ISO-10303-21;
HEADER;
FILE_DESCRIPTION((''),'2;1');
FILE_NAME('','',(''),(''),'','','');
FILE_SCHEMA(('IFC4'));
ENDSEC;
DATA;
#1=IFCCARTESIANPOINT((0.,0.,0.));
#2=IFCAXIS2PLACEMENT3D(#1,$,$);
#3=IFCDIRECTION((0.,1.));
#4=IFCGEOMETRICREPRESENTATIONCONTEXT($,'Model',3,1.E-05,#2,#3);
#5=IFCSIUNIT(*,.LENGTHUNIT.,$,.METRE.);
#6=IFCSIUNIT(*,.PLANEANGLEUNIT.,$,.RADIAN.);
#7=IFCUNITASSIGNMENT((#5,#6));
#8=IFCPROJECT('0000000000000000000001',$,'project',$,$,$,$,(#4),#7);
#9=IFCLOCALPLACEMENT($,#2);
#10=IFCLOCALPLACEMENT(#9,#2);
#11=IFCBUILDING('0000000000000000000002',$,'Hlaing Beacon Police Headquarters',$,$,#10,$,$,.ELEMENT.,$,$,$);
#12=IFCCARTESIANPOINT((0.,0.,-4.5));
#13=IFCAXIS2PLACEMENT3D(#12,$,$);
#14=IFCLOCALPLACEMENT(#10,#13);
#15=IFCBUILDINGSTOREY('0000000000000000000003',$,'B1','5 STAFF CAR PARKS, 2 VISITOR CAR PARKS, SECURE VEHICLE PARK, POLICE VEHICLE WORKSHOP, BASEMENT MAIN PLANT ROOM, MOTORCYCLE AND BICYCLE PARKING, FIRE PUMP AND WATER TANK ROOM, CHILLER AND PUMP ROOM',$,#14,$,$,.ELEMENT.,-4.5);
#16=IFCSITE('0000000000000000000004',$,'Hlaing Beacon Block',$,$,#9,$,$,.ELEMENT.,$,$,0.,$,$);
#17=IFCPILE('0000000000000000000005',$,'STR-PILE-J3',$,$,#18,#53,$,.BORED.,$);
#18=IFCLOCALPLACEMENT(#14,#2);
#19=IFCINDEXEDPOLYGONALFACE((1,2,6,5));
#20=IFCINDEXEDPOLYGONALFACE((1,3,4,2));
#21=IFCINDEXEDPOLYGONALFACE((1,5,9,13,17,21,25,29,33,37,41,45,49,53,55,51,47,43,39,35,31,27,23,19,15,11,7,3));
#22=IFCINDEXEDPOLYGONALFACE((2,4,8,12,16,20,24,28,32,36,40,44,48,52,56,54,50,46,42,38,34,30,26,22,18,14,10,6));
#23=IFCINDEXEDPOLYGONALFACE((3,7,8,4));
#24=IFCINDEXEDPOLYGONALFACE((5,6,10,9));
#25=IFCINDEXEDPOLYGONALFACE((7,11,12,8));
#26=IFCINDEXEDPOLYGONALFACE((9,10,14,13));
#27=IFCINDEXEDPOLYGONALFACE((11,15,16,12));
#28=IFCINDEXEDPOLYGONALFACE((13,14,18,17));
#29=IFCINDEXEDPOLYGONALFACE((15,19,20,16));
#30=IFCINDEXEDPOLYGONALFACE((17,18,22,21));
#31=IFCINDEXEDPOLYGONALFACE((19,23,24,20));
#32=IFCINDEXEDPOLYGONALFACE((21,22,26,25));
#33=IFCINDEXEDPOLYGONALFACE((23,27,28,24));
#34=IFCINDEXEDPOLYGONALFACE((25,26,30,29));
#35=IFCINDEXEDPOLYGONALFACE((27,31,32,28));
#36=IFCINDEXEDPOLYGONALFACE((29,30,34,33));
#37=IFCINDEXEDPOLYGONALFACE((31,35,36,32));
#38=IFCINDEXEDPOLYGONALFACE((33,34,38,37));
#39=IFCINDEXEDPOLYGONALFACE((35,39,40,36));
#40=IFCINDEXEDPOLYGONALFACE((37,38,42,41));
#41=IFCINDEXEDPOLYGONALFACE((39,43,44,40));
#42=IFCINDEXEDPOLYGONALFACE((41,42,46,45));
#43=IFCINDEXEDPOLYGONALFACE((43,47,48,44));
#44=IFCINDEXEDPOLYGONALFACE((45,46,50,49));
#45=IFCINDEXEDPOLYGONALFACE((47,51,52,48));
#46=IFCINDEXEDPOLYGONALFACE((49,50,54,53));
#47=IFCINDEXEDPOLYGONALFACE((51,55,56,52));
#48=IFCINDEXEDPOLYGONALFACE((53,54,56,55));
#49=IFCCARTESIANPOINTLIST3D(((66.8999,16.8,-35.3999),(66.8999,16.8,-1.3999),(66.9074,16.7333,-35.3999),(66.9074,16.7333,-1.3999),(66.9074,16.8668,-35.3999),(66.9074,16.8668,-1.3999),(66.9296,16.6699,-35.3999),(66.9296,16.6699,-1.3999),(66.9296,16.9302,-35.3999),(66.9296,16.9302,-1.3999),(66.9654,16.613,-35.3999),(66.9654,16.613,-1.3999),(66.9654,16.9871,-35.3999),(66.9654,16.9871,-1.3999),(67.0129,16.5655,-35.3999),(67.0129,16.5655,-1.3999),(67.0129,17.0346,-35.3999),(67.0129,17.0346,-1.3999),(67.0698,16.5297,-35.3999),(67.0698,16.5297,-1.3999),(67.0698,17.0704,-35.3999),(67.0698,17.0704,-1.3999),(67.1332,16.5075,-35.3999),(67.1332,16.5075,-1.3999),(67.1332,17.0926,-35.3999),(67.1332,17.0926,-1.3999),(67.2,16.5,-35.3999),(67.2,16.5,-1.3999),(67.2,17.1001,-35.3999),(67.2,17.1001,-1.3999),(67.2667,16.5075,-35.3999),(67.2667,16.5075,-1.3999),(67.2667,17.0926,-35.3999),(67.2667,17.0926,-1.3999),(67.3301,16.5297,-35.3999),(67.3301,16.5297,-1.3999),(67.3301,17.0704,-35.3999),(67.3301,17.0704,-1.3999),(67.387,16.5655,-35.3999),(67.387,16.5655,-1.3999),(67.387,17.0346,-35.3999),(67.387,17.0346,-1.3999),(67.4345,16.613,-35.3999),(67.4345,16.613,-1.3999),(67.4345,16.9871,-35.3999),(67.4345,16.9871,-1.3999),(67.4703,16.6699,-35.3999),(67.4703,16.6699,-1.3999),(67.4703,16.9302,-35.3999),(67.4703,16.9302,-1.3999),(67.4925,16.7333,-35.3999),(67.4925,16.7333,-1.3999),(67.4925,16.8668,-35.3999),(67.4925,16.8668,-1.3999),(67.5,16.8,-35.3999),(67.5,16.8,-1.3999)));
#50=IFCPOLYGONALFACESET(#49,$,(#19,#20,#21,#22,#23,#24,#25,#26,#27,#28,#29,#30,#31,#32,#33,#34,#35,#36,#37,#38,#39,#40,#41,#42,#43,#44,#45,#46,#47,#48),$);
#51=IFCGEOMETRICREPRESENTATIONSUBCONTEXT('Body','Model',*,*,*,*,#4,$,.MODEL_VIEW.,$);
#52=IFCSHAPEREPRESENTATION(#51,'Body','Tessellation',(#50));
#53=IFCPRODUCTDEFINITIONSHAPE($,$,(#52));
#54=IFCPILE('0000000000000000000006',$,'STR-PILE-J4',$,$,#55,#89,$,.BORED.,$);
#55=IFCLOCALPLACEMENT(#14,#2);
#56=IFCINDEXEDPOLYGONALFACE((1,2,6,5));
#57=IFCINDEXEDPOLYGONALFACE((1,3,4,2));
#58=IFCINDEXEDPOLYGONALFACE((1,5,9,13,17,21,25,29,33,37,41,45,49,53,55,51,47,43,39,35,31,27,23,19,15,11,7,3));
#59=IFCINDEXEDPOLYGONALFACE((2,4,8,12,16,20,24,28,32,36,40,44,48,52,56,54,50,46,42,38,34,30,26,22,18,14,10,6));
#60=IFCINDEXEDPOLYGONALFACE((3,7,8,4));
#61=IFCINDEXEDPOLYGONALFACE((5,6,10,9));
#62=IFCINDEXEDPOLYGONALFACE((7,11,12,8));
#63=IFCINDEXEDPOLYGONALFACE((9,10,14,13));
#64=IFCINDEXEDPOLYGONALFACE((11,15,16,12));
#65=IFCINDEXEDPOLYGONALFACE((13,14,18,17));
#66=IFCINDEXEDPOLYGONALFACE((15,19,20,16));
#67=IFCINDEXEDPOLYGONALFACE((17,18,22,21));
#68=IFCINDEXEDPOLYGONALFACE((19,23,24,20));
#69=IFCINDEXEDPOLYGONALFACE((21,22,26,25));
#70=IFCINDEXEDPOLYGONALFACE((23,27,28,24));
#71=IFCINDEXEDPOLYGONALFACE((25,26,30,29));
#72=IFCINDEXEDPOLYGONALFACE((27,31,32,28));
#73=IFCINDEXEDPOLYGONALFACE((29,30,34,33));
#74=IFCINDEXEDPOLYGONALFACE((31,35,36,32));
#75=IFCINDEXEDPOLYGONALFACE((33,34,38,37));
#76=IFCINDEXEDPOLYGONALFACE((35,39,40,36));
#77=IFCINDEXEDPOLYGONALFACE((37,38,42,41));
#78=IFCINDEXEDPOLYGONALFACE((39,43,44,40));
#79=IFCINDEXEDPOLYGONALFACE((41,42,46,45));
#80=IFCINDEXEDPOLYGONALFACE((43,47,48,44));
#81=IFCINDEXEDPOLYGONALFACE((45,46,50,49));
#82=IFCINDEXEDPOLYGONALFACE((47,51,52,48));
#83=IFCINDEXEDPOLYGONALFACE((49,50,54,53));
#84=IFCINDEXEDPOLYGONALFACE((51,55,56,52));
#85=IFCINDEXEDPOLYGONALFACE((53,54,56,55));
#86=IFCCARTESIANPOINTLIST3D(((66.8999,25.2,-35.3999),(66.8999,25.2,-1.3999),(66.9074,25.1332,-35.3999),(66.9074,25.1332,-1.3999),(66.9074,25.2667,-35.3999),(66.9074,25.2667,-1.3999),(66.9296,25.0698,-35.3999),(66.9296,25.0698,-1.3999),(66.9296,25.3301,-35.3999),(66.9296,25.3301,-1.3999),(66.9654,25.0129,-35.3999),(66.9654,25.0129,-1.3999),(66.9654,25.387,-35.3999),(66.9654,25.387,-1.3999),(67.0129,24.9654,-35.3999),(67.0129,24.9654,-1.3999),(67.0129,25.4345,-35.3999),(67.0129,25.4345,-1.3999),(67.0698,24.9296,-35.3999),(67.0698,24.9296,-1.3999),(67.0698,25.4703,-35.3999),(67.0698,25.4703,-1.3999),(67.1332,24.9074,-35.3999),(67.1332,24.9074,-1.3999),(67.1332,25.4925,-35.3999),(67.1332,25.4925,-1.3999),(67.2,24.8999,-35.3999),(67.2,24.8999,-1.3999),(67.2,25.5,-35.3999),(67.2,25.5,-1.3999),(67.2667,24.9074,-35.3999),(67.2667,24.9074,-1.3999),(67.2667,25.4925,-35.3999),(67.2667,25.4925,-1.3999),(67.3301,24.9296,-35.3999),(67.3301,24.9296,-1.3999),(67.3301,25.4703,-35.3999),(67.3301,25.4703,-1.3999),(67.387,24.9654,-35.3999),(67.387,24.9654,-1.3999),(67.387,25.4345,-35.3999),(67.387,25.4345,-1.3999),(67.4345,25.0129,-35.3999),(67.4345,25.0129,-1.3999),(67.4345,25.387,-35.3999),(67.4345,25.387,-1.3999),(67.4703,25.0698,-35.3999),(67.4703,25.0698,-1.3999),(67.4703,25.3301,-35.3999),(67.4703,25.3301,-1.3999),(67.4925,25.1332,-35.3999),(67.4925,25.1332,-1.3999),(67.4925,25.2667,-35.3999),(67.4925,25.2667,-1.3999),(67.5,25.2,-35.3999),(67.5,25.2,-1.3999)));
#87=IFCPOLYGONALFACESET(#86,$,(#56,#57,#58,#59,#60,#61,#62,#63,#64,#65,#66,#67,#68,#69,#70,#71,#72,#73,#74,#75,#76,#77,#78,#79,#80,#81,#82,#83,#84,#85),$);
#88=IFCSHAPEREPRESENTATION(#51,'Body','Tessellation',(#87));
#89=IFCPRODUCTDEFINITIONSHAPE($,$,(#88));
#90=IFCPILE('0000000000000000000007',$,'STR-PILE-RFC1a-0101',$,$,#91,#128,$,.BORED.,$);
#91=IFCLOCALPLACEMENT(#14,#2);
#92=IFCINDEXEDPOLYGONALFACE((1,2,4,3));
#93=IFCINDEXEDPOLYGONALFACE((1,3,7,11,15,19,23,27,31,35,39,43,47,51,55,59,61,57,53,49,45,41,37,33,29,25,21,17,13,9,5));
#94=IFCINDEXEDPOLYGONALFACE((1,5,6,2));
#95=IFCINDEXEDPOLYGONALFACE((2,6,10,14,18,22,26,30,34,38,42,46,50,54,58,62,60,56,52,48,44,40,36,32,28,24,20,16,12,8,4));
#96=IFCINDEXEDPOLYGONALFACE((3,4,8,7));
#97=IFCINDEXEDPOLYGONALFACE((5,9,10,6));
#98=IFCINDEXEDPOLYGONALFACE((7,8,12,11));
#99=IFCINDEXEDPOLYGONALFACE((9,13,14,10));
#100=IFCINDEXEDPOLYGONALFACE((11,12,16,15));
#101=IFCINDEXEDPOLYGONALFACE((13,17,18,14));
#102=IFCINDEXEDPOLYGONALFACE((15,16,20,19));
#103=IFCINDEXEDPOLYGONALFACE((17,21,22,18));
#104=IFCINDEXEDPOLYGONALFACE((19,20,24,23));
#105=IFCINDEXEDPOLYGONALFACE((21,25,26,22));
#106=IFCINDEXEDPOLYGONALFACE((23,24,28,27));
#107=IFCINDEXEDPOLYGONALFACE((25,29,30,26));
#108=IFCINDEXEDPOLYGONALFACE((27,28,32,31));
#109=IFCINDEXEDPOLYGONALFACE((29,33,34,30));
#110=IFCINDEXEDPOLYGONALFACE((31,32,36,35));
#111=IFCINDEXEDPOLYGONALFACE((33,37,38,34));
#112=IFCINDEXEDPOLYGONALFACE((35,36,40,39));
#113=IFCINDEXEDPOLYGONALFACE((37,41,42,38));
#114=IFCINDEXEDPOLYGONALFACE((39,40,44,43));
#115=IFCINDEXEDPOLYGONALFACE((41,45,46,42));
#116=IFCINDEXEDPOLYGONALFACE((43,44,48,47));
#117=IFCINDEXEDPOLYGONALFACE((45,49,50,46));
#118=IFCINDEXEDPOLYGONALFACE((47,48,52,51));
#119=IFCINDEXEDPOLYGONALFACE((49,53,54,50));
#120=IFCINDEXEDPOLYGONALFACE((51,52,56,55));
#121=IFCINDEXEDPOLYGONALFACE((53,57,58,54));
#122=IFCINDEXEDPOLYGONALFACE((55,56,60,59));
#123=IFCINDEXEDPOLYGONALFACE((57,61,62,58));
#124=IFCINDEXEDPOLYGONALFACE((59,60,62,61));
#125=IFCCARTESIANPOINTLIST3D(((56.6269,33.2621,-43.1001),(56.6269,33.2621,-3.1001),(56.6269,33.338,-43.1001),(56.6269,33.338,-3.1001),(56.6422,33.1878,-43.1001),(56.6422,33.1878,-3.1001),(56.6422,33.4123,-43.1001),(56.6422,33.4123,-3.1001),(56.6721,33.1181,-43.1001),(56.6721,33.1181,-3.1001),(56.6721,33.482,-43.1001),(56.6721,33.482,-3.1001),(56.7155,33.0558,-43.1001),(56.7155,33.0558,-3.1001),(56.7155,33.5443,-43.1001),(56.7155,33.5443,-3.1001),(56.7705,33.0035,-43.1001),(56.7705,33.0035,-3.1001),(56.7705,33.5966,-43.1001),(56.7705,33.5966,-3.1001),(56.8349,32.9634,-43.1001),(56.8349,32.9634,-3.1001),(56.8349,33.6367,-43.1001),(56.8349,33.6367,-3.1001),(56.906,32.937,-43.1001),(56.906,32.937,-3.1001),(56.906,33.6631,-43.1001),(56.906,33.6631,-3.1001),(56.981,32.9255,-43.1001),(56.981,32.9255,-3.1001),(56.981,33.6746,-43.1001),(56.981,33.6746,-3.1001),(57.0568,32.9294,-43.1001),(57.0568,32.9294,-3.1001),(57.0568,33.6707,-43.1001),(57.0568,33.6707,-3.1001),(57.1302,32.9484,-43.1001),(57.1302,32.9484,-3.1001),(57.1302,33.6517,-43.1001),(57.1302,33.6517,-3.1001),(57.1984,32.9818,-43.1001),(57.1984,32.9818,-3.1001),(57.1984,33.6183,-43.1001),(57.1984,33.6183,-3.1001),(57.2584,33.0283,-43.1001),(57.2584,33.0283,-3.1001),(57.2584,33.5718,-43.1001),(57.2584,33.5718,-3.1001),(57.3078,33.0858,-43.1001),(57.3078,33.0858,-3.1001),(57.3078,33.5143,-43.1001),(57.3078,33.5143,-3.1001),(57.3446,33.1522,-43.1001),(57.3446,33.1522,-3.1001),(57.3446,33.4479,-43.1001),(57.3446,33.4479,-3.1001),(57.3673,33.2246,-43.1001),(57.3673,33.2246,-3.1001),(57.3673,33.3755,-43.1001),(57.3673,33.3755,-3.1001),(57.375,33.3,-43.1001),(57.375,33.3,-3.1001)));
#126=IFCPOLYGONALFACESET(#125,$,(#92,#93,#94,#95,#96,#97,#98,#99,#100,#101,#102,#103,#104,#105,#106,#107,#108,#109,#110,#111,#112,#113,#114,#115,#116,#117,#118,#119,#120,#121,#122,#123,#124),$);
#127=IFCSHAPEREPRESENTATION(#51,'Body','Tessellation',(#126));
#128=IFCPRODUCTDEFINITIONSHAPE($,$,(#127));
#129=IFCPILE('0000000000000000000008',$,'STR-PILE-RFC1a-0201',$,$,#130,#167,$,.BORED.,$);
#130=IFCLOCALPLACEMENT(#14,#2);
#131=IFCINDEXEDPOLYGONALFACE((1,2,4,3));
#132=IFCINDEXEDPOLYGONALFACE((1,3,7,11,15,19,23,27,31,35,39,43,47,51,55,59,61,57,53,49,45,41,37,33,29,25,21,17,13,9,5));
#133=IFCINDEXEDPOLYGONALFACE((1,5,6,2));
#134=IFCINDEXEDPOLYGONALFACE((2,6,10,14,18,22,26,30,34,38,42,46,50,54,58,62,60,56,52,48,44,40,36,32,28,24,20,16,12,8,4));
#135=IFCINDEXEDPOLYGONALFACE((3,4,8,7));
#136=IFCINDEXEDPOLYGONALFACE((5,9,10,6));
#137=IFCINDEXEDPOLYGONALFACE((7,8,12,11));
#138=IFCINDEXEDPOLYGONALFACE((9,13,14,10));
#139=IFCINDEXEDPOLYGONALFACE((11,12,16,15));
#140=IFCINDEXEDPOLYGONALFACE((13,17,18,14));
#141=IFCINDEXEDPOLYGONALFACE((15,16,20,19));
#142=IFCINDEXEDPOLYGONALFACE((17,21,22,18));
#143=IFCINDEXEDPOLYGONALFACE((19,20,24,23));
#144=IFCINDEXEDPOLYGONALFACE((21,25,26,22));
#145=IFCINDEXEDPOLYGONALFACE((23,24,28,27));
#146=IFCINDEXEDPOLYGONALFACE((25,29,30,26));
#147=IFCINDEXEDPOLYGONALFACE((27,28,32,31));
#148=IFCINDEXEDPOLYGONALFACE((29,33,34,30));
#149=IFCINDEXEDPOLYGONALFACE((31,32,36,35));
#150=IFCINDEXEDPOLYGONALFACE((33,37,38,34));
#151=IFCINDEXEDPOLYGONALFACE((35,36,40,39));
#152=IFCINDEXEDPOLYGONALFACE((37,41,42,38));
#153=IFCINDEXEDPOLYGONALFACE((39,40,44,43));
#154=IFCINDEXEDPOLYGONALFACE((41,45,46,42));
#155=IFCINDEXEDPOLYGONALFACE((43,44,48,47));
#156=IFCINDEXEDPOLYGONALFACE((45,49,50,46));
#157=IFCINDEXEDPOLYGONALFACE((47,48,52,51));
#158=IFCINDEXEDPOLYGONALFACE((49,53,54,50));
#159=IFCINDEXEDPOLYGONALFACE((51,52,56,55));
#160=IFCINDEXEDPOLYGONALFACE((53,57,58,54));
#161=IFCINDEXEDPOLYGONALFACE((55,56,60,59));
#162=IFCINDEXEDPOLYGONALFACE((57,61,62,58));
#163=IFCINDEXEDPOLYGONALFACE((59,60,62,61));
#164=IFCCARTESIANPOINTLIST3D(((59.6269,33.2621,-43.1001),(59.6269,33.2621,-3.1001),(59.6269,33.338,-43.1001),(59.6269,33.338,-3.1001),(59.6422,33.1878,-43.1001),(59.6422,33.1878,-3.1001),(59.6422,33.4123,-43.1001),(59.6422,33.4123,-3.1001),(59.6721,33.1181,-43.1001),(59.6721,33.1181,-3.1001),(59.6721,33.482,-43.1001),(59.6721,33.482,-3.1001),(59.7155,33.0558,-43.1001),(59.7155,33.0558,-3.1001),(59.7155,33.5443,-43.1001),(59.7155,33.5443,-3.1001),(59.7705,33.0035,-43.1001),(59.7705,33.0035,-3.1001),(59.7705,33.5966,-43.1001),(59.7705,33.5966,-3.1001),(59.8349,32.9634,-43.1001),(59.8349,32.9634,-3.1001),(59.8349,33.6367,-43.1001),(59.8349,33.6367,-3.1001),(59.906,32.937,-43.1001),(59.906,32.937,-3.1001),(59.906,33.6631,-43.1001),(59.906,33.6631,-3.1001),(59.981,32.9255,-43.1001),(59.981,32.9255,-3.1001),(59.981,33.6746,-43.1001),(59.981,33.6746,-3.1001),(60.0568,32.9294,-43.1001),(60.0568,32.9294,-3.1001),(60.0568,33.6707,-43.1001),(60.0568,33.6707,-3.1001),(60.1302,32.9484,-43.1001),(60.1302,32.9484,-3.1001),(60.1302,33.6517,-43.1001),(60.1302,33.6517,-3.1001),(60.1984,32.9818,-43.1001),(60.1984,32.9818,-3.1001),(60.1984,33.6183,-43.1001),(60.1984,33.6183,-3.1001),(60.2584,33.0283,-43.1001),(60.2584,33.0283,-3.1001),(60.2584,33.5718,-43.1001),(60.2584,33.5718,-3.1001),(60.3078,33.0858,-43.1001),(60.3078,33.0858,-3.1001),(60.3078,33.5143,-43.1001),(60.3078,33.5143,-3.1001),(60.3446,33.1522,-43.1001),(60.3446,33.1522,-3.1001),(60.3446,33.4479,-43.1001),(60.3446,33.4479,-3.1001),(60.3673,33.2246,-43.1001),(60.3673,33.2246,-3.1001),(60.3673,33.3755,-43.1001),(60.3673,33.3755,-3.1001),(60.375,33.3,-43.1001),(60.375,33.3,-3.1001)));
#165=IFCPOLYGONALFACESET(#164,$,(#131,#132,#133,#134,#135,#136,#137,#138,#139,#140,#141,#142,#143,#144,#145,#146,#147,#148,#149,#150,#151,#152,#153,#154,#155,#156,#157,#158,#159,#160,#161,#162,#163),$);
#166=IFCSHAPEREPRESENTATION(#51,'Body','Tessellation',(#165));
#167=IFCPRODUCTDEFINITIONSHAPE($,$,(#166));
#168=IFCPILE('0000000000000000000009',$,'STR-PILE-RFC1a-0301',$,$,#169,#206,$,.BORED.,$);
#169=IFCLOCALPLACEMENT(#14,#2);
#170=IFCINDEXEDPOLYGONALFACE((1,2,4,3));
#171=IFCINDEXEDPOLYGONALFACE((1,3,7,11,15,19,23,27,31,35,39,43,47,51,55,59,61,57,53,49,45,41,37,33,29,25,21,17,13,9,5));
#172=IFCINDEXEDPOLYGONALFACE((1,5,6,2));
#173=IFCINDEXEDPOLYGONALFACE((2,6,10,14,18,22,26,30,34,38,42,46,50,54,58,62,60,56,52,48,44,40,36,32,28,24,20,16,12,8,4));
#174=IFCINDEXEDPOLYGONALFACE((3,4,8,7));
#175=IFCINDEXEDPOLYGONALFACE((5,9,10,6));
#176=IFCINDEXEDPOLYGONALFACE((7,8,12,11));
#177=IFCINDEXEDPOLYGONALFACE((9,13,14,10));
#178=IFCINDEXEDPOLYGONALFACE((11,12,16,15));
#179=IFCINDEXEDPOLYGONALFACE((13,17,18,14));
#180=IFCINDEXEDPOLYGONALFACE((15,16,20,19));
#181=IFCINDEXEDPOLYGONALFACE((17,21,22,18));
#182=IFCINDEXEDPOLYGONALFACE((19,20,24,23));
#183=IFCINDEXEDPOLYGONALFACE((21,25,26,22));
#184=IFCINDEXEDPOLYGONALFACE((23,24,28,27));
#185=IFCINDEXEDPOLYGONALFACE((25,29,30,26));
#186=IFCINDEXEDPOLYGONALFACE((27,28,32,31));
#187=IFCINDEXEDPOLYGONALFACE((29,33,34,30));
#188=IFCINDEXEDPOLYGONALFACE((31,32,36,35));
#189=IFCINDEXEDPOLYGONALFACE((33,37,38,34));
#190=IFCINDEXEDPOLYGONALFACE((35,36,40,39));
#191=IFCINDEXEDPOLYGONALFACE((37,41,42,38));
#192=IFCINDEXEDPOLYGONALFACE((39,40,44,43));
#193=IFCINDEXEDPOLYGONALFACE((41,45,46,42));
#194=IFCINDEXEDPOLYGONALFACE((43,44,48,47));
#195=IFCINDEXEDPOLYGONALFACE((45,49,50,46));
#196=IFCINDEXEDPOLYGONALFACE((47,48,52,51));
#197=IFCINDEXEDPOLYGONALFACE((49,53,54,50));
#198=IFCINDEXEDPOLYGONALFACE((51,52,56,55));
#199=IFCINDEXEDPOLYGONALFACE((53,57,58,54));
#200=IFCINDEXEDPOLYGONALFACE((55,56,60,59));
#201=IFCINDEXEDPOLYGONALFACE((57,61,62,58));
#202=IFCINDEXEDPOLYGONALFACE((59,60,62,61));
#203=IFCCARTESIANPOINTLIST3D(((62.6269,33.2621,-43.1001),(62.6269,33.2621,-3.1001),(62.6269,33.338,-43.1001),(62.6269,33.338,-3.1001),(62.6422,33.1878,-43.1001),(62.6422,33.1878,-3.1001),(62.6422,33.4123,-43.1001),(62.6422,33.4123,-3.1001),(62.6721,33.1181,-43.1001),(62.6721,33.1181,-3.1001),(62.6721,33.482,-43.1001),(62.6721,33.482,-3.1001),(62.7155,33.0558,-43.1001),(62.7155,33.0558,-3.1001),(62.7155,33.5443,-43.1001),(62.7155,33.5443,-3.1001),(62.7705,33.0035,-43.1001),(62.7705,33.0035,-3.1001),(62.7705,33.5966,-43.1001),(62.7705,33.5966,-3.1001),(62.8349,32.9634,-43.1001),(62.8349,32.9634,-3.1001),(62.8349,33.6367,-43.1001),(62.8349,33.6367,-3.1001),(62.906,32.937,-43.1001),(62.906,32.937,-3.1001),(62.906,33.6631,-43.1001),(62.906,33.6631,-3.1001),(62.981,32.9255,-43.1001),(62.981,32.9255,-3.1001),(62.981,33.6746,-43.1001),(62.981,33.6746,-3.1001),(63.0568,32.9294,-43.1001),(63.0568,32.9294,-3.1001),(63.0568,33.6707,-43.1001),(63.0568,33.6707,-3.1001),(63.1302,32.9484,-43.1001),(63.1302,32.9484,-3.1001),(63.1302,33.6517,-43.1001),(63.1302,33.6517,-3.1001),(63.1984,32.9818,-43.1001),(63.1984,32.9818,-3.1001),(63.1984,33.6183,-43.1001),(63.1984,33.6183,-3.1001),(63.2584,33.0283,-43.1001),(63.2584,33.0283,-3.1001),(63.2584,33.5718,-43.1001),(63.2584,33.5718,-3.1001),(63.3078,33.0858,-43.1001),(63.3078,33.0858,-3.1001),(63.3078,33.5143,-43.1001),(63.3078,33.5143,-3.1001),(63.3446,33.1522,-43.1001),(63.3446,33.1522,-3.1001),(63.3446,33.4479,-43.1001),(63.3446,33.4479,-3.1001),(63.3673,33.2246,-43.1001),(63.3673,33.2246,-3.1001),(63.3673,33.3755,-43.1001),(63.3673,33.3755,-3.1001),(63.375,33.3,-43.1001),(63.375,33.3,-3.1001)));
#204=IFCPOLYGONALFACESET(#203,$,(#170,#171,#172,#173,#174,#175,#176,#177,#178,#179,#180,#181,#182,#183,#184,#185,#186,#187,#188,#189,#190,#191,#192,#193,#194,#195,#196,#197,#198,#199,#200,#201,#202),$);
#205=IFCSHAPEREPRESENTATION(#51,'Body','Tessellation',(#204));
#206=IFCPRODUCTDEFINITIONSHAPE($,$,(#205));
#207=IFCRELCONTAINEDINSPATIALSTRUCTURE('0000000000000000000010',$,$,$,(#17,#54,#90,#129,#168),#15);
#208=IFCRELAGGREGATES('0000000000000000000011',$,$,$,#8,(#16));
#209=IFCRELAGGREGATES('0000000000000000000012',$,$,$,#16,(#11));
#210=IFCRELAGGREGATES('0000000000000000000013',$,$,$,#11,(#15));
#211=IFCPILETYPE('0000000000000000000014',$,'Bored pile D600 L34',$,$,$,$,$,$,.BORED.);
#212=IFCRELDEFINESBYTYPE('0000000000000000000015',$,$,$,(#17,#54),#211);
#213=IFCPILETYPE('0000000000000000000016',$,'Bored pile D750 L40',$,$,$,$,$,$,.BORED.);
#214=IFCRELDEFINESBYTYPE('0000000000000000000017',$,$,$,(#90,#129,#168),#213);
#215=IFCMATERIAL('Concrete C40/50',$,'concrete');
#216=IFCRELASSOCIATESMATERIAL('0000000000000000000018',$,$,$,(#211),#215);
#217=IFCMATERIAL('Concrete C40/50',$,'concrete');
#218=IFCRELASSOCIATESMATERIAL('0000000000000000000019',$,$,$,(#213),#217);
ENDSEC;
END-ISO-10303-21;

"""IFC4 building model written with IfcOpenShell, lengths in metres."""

from ifc_helpers import new_model, si_unit, direction, frame, origin, origin_2d, place, context, subcontext, project, spatial, circle, extrude, material, material_profile, profile_set, type_object, element, save


model = new_model("IFC4")

# Units and contexts
model_context = context("Model", 3, precision=1e-05, world=origin(), true_north=direction((0.0, 1.0)))
body_context = subcontext(model_context, "Body", "Model", "MODEL_VIEW")
ifc_project = project(units=[si_unit("LENGTHUNIT", "METRE"), si_unit("PLANEANGLEUNIT", "RADIAN")], contexts=[model_context])

# Site, building, storey
site_placement = place(None, origin())
site = spatial("IfcSite", under=ifc_project, at=site_placement, Name="Hlaing Beacon Block", CompositionType="ELEMENT", RefElevation=0.0)
building_placement = place(site_placement, origin())
building = spatial("IfcBuilding", under=site, at=building_placement, Name="Hlaing Beacon Police Headquarters", CompositionType="ELEMENT")
storey_placement = place(building_placement, frame((0.0, 0.0, -4.5)))
storey = spatial("IfcBuildingStorey", under=building, at=storey_placement, Name="B1", Description="5 STAFF CAR PARKS, 2 VISITOR CAR PARKS, SECURE VEHICLE PARK, POLICE VEHICLE WORKSHOP, BASEMENT MAIN PLANT ROOM, MOTORCYCLE AND BICYCLE PARKING, FIRE PUMP AND WATER TANK ROOM, CHILLER AND PUMP ROOM", CompositionType="ELEMENT", Elevation=-4.5)

# Piles
ifc_material_1 = material(Name="Concrete C40/50", Category="concrete")
ifc_material_profile_1 = material_profile(ifc_material_1, circle(Radius=0.3, at=origin_2d()), Name="D600")
ifc_profile_set_1 = profile_set([ifc_material_profile_1], Name="Concrete C40/50")
pile_type_1 = type_object("IfcPileType", Name="Bored pile D600 L34", PredefinedType="BORED", material=ifc_profile_set_1)
for number, where, z_axis, x_axis, name in (
    (1, (67.2, 16.8, -1.3999), (0.0, 0.0, -1.0), (1.0, 0.0, 0.0), "STR-PILE-J3"),
    (2, (67.2, 25.2, -1.3999), (0.0, 0.0, -1.0), (1.0, 0.0, 0.0), "STR-PILE-J4"),
):
    element("IfcPile", number, at=place(storey_placement, frame(where, z_axis=z_axis, x_axis=x_axis)), inside=storey, type_object=pile_type_1, Name=name, PredefinedType="BORED", context=body_context, shape_type="SweptSolid", body=[
        extrude(circle(Radius=0.3, at=origin_2d()), origin(), (0.0, 0.0, 1.0), 34.0),
    ])
ifc_material_2 = material(Name="Concrete C40/50", Category="concrete")
ifc_material_profile_2 = material_profile(ifc_material_2, circle(Radius=0.375, at=origin_2d()), Name="D750")
ifc_profile_set_2 = profile_set([ifc_material_profile_2], Name="Concrete C40/50")
pile_type_2 = type_object("IfcPileType", Name="Bored pile D750 L40", PredefinedType="BORED", material=ifc_profile_set_2)
for number, where, z_axis, x_axis, name in (
    (3, (57.0, 33.3, -3.1001), (0.0, 0.0, -1.0), (1.0, 0.0, 0.0), "STR-PILE-RFC1a-0101"),
    (4, (60.0, 33.3, -3.1001), (0.0, 0.0, -1.0), (1.0, 0.0, 0.0), "STR-PILE-RFC1a-0201"),
    (5, (63.0, 33.3, -3.1001), (0.0, 0.0, -1.0), (1.0, 0.0, 0.0), "STR-PILE-RFC1a-0301"),
):
    element("IfcPile", number, at=place(storey_placement, frame(where, z_axis=z_axis, x_axis=x_axis)), inside=storey, type_object=pile_type_2, Name=name, PredefinedType="BORED", context=body_context, shape_type="SweptSolid", body=[
        extrude(circle(Radius=0.375, at=origin_2d()), origin(), (0.0, 0.0, 1.0), 40.0),
    ])

save(model, "model.ifc")
